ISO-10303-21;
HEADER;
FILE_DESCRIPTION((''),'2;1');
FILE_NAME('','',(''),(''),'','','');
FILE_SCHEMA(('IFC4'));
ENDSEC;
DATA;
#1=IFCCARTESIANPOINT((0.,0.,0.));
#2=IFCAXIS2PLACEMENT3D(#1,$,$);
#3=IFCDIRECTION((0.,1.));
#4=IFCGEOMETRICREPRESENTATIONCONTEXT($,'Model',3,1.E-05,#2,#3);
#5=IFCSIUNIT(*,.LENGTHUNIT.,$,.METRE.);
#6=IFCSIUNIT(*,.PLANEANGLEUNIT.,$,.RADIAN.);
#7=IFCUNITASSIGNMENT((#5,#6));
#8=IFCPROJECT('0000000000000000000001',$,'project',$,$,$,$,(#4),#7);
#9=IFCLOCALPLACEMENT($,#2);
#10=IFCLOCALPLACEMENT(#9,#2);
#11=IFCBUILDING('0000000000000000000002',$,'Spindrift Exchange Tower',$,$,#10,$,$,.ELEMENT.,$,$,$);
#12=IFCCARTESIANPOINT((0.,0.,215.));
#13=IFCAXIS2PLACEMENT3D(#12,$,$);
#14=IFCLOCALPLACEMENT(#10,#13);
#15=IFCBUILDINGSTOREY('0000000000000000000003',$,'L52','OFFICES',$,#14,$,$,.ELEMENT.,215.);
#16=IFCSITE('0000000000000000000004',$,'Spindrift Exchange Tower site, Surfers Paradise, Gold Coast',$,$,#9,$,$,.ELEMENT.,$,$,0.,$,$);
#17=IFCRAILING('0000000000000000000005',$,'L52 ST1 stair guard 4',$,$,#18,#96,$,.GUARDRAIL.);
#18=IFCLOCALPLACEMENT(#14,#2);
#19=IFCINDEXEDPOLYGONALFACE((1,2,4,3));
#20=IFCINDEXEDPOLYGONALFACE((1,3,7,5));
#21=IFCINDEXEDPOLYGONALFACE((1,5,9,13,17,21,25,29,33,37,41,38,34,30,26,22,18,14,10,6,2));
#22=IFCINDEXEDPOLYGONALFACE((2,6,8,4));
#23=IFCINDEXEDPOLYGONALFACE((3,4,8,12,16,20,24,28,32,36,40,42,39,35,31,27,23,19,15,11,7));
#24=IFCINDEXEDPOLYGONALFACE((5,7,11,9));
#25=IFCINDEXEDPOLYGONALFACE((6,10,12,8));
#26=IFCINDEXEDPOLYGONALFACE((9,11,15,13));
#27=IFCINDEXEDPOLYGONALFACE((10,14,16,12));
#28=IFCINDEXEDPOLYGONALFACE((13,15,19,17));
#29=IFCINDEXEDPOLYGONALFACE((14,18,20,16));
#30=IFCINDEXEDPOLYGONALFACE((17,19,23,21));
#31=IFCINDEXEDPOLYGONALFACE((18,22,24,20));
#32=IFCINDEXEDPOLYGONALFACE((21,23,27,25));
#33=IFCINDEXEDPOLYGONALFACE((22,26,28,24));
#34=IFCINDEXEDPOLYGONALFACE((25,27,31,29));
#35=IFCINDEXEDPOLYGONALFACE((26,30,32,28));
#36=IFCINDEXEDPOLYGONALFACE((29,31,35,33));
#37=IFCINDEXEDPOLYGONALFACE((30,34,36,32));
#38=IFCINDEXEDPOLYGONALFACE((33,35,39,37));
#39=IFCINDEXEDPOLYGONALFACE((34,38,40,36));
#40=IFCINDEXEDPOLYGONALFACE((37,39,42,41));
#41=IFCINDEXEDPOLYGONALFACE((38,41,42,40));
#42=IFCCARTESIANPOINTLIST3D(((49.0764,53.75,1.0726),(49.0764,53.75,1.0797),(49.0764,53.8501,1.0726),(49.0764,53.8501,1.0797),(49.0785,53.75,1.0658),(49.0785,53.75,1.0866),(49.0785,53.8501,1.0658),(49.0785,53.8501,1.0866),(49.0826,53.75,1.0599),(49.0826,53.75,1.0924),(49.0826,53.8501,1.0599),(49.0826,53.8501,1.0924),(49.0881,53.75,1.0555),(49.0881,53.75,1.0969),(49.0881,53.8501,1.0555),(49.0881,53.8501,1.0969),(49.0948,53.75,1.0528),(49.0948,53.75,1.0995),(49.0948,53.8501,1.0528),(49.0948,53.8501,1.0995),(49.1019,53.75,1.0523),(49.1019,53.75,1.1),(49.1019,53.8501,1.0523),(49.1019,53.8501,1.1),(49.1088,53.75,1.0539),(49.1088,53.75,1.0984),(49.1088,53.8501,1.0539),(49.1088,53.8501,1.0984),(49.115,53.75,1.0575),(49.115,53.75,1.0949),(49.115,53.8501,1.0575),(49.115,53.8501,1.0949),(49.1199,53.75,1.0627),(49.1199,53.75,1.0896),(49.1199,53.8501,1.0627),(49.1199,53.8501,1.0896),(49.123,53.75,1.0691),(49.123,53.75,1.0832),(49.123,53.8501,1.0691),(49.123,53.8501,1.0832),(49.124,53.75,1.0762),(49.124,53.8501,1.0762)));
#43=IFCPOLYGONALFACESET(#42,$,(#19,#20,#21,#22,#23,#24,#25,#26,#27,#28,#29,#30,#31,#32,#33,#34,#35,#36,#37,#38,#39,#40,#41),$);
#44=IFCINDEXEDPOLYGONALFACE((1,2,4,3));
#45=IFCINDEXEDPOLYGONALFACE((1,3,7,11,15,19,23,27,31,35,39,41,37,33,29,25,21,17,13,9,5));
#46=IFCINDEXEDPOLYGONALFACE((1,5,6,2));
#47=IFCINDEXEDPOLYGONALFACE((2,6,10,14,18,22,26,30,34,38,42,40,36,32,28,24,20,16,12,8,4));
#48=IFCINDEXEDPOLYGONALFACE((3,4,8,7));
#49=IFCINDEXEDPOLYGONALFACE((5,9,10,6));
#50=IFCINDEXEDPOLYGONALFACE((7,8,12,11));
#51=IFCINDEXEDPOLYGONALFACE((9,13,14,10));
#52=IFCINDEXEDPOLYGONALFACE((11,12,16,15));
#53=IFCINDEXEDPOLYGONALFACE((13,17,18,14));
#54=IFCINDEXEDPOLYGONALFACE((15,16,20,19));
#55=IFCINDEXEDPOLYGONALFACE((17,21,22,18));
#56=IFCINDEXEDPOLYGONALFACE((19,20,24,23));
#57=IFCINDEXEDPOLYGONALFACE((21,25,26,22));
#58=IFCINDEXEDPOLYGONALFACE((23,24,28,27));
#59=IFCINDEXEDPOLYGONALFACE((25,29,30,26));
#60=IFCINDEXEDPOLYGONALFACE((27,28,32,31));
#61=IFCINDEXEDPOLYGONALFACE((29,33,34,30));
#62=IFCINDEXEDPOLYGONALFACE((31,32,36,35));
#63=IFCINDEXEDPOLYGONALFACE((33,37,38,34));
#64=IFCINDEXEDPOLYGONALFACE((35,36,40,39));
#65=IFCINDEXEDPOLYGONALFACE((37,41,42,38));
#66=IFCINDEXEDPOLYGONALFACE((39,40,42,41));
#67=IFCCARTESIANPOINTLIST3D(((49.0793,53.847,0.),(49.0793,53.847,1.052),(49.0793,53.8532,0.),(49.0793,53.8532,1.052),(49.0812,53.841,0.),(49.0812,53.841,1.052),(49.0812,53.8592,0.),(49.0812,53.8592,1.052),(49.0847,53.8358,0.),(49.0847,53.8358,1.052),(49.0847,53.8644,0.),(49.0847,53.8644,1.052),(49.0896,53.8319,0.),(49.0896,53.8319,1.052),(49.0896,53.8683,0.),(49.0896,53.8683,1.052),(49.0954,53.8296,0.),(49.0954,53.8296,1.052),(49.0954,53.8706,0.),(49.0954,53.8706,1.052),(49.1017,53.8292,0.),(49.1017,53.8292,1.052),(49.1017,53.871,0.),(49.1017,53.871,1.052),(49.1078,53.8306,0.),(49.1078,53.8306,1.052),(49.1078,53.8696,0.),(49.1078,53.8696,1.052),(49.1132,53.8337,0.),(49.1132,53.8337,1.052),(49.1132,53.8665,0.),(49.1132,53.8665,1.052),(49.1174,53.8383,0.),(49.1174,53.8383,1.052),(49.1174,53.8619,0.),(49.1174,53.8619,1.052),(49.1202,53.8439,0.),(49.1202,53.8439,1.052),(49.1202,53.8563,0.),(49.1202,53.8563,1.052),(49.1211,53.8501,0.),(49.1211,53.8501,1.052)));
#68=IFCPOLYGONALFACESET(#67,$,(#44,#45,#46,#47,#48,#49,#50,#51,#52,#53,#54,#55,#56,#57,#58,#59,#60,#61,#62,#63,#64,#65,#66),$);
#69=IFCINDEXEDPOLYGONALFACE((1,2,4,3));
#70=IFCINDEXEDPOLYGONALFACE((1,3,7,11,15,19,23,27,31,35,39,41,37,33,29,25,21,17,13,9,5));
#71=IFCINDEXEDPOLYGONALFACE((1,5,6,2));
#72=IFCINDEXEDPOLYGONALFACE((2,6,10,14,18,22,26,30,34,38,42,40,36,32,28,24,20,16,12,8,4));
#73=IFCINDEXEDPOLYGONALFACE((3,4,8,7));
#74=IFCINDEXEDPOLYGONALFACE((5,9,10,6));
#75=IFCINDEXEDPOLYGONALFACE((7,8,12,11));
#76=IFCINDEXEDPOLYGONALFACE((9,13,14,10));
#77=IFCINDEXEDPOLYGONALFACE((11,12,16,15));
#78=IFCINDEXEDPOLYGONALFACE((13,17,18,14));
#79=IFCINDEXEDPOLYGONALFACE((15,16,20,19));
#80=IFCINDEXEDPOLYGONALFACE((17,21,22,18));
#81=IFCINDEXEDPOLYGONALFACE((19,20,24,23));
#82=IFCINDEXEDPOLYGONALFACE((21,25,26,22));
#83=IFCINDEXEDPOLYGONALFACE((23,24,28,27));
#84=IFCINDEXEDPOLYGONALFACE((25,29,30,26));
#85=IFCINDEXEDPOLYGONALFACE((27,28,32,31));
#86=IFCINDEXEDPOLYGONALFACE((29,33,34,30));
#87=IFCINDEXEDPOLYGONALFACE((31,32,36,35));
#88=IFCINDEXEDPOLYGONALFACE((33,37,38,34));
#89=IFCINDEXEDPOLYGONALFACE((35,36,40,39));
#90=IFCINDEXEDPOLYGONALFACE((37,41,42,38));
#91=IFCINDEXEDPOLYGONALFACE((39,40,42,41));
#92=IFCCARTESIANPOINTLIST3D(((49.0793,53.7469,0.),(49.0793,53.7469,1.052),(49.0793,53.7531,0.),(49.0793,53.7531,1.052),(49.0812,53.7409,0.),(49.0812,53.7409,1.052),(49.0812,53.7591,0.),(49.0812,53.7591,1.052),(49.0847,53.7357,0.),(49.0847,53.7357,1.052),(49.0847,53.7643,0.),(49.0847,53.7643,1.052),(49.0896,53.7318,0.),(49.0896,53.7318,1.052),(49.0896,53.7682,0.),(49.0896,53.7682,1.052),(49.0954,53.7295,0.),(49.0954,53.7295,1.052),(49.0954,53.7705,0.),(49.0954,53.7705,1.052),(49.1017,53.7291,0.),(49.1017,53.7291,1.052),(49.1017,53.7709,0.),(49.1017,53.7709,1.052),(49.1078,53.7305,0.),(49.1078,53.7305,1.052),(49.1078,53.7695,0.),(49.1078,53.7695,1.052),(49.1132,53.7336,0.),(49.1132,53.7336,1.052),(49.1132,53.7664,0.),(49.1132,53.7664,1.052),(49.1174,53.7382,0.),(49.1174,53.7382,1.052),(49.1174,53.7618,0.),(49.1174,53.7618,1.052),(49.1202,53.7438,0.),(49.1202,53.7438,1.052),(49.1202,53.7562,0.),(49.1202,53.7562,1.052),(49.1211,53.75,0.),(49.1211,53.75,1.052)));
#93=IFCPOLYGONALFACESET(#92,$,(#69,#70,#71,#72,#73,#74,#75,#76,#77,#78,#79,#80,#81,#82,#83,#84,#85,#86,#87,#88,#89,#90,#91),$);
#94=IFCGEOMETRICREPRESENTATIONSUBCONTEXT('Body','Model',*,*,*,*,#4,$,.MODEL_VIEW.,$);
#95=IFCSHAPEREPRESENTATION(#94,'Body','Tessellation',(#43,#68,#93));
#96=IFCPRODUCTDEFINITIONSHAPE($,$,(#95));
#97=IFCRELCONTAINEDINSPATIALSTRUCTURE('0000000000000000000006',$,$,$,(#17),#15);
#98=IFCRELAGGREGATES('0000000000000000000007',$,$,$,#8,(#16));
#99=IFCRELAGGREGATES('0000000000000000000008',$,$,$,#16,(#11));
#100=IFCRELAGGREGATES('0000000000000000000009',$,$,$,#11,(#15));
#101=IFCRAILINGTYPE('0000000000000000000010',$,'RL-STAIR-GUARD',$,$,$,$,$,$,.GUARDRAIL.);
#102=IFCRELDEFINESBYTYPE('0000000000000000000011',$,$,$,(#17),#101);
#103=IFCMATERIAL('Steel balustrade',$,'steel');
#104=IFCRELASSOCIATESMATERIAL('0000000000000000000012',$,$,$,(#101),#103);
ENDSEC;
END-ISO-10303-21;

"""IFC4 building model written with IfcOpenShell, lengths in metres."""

from ifc_helpers import new_model, si_unit, direction, frame, origin, origin_2d, place, context, subcontext, project, spatial, circle, extrude, material, type_object, element, save


model = new_model("IFC4")

# Units and contexts
model_context = context("Model", 3, precision=1e-05, world=origin(), true_north=direction((0.0, 1.0)))
body_context = subcontext(model_context, "Body", "Model", "MODEL_VIEW")
ifc_project = project(units=[si_unit("LENGTHUNIT", "METRE"), si_unit("PLANEANGLEUNIT", "RADIAN")], contexts=[model_context])

# Site, building, storey
site_placement = place(None, origin())
site = spatial("IfcSite", under=ifc_project, at=site_placement, Name="Spindrift Exchange Tower site, Surfers Paradise, Gold Coast", CompositionType="ELEMENT", RefElevation=0.0)
building_placement = place(site_placement, origin())
building = spatial("IfcBuilding", under=site, at=building_placement, Name="Spindrift Exchange Tower", CompositionType="ELEMENT")
storey_placement = place(building_placement, frame((0.0, 0.0, 215.0)))
storey = spatial("IfcBuildingStorey", under=building, at=storey_placement, Name="L52", Description="OFFICES", CompositionType="ELEMENT", Elevation=215.0)

# Railing
ifc_material_1 = material(Name="Steel balustrade", Category="steel")
railing_type_1 = type_object("IfcRailingType", Name="RL-STAIR-GUARD", PredefinedType="GUARDRAIL", material=ifc_material_1)
railing_1_placement = place(storey_placement, frame((49.1001, 53.8501, 0.0)))
element("IfcRailing", 1, at=railing_1_placement, inside=storey, type_object=railing_type_1, Name="L52 ST1 stair guard 4", PredefinedType="GUARDRAIL", context=body_context, shape_type="SweptSolid", body=[
    extrude(circle(Radius=0.0239, at=origin_2d()), frame((0.0, 0.0, 1.0762), z_axis=(0.0, -1.0, 0.0), x_axis=(1.0, 0.0, 0.0)), (0.0, 0.0, 1.0), 0.1001),
    extrude(circle(Radius=0.021, at=origin_2d()), origin(), (0.0, 0.0, 1.0), 1.052),
    extrude(circle(Radius=0.021, at=origin_2d()), frame((0.0, -0.1001, 0.0)), (0.0, 0.0, 1.0), 1.052),
])

save(model, "model.ifc")
